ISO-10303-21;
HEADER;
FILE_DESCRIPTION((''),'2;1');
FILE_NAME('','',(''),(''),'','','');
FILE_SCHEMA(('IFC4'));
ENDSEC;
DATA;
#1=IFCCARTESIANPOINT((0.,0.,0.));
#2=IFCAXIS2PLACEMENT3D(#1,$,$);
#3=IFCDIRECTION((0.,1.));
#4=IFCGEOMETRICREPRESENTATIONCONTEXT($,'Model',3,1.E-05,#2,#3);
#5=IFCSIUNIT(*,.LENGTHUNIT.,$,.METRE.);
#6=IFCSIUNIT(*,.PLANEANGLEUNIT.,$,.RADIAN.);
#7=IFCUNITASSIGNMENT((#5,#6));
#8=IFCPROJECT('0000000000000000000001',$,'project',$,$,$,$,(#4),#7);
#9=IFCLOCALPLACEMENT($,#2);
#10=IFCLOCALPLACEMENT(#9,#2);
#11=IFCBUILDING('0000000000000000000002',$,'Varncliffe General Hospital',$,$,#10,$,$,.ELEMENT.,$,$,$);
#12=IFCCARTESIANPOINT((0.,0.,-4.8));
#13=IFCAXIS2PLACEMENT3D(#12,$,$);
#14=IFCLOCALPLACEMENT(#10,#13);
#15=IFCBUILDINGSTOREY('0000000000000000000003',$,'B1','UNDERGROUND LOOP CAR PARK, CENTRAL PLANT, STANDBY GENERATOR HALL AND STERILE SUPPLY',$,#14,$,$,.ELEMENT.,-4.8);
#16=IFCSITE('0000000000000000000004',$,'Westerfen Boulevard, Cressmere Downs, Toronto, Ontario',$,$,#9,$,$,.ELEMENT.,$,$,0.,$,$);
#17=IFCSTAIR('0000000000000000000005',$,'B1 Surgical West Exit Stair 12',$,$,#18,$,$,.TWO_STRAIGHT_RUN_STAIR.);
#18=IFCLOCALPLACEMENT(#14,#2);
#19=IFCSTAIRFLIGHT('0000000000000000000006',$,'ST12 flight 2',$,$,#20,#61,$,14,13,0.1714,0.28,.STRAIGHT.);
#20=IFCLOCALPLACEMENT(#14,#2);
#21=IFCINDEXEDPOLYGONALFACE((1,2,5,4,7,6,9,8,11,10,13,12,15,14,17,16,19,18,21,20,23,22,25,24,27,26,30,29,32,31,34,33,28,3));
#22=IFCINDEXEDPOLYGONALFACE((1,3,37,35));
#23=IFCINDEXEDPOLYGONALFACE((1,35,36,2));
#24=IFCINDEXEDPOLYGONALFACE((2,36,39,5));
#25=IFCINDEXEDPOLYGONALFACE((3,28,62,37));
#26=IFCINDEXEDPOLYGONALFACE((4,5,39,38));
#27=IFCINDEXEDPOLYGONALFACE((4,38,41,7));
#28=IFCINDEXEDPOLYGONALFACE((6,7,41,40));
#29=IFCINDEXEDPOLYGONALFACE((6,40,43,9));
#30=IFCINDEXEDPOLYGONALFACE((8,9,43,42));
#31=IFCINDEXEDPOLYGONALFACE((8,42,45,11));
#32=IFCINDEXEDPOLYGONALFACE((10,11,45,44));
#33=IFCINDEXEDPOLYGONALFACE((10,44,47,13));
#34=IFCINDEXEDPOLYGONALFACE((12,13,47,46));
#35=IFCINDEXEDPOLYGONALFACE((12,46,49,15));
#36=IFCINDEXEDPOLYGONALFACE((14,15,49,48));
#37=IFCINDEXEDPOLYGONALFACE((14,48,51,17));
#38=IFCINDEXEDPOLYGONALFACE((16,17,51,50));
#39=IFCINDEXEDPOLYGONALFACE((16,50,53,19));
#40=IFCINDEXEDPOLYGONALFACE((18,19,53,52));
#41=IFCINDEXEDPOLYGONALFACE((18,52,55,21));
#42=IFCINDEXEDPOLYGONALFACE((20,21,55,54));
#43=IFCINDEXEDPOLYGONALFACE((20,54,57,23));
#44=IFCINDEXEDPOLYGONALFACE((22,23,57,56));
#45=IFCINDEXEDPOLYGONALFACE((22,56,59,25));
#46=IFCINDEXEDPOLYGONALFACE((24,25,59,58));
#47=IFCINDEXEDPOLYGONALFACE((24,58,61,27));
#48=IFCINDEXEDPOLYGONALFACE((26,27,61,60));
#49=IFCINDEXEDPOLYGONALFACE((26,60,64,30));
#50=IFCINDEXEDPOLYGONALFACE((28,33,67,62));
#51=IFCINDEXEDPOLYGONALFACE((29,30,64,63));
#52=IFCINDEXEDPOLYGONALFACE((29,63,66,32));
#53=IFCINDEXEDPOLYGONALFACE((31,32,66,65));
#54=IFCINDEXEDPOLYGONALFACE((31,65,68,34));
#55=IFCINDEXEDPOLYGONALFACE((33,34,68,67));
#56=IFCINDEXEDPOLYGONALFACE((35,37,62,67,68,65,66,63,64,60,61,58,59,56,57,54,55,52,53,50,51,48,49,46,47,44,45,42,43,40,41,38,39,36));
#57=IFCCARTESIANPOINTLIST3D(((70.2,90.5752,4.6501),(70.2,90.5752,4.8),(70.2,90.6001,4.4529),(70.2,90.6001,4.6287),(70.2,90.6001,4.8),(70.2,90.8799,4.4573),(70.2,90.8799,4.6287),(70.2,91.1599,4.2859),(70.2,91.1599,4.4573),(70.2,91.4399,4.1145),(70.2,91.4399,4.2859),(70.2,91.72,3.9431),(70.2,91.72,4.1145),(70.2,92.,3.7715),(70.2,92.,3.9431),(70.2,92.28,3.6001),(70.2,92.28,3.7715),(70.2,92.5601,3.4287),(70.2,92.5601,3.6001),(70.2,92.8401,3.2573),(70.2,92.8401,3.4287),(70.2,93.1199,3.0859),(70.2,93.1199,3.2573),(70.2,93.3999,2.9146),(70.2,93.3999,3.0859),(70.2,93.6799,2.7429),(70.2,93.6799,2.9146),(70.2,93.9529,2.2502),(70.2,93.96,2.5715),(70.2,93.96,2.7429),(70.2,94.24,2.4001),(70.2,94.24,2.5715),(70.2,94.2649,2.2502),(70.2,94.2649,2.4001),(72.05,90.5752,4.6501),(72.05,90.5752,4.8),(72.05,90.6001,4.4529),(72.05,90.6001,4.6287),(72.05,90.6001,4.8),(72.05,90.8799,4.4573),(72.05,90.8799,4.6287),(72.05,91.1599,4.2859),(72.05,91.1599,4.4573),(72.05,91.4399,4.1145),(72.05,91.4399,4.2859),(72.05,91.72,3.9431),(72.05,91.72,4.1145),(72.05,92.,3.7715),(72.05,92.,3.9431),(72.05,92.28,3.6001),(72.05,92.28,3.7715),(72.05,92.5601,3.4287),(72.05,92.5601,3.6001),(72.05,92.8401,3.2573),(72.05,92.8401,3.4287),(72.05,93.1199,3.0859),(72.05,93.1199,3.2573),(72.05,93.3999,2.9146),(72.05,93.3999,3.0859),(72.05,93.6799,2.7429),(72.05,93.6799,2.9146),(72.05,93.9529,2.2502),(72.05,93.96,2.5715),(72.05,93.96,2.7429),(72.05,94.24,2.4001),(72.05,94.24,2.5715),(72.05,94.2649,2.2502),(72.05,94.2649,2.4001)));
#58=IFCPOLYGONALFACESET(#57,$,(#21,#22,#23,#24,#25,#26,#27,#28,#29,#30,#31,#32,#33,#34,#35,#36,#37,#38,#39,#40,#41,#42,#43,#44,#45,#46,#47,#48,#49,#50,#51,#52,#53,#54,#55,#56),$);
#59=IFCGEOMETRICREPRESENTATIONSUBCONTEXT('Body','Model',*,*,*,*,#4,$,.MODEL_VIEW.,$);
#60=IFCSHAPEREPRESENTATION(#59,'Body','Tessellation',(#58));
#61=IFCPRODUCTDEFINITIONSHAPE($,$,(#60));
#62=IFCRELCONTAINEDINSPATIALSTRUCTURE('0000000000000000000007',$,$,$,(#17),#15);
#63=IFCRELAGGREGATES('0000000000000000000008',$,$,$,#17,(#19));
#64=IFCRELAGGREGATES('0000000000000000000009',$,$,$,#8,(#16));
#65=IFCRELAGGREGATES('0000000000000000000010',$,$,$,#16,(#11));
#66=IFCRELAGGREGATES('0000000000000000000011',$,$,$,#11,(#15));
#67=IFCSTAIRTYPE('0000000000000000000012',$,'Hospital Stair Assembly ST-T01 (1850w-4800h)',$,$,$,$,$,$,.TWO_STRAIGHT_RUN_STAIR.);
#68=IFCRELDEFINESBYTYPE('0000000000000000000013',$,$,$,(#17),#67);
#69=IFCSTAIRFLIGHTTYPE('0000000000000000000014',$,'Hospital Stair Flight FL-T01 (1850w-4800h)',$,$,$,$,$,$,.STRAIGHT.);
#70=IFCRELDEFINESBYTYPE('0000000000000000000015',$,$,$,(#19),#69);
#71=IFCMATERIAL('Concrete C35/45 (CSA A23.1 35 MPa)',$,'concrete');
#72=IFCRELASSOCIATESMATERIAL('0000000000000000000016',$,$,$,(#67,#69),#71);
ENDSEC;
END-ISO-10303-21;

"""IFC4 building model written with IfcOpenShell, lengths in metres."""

from ifc_helpers import new_model, si_unit, direction, frame, origin, place, context, subcontext, project, spatial, polyline, outline, extrude, material, type_object, element, aggregate, save


model = new_model("IFC4")

# Units and contexts
model_context = context("Model", 3, precision=1e-05, world=origin(), true_north=direction((0.0, 1.0)))
body_context = subcontext(model_context, "Body", "Model", "MODEL_VIEW")
ifc_project = project(units=[si_unit("LENGTHUNIT", "METRE"), si_unit("PLANEANGLEUNIT", "RADIAN")], contexts=[model_context])

# Site, building, storey
site_placement = place(None, origin())
site = spatial("IfcSite", under=ifc_project, at=site_placement, Name="Westerfen Boulevard, Cressmere Downs, Toronto, Ontario", CompositionType="ELEMENT", RefElevation=0.0)
building_placement = place(site_placement, origin())
building = spatial("IfcBuilding", under=site, at=building_placement, Name="Varncliffe General Hospital", CompositionType="ELEMENT")
storey_placement = place(building_placement, frame((0.0, 0.0, -4.8)))
storey = spatial("IfcBuildingStorey", under=building, at=storey_placement, Name="B1", Description="UNDERGROUND LOOP CAR PARK, CENTRAL PLANT, STANDBY GENERATOR HALL AND STERILE SUPPLY", CompositionType="ELEMENT", Elevation=-4.8)

# Shared definitions
ifc_material_1 = material(Name="Concrete C35/45 (CSA A23.1 35 MPa)", Category="concrete")

# Stair, stair flight
stair_type = type_object("IfcStairType", Name="Hospital Stair Assembly ST-T01 (1850w-4800h)", PredefinedType="TWO_STRAIGHT_RUN_STAIR", material=ifc_material_1)
stair_placement = place(storey_placement, origin())
stair = element("IfcStair", 1, at=stair_placement, inside=storey, type_object=stair_type, Name="B1 Surgical West Exit Stair 12", PredefinedType="TWO_STRAIGHT_RUN_STAIR")
stair_flight_type = type_object("IfcStairFlightType", Name="Hospital Stair Flight FL-T01 (1850w-4800h)", PredefinedType="STRAIGHT", material=ifc_material_1)
stair_flight_1_placement = place(storey_placement, frame((71.125, 94.24, 2.4001), z_axis=(0.0, 0.0, 1.0), x_axis=(0.0, -1.0, 0.0)))
stair_flight_1 = element("IfcStairFlight", 2, at=stair_flight_1_placement, type_object=stair_flight_type, Name="ST12 flight 2", NumberOfRisers=14, NumberOfTreads=13, PredefinedType="STRAIGHT", RiserHeight=0.1714, TreadLength=0.28, context=body_context, shape_type="SweptSolid", body=[
    extrude(outline(polyline([(-0.0249, -0.1499), (-0.0249, 0.0), (0.0, 0.0), (0.0, 0.1714), (0.28, 0.1714), (0.28, 0.3428), (0.5601, 0.3428), (0.5601, 0.5144), (0.8401, 0.5144), (0.8401, 0.6858), (1.1201, 0.6858), (1.1201, 0.8572), (1.3999, 0.8572), (1.3999, 1.0286), (1.6799, 1.0286), (1.6799, 1.2), (1.96, 1.2), (1.96, 1.3713), (2.24, 1.3713), (2.24, 1.543), (2.52, 1.543), (2.52, 1.7144), (2.8, 1.7144), (2.8, 1.8857), (3.0801, 1.8857), (3.0801, 2.0571), (3.3601, 2.0571), (3.3601, 2.2285), (3.6399, 2.2285), (3.6399, 2.3999), (3.6648, 2.3999), (3.6648, 2.25), (3.6399, 2.0527), (0.2871, -0.1499), (-0.0249, -0.1499)])), frame((0.0, 0.925, 0.0), z_axis=(0.0, -1.0, 0.0), x_axis=(1.0, 0.0, 0.0)), (0.0, 0.0, 1.0), 1.8501),
])
aggregate(stair, [stair_flight_1])

save(model, "model.ifc")
